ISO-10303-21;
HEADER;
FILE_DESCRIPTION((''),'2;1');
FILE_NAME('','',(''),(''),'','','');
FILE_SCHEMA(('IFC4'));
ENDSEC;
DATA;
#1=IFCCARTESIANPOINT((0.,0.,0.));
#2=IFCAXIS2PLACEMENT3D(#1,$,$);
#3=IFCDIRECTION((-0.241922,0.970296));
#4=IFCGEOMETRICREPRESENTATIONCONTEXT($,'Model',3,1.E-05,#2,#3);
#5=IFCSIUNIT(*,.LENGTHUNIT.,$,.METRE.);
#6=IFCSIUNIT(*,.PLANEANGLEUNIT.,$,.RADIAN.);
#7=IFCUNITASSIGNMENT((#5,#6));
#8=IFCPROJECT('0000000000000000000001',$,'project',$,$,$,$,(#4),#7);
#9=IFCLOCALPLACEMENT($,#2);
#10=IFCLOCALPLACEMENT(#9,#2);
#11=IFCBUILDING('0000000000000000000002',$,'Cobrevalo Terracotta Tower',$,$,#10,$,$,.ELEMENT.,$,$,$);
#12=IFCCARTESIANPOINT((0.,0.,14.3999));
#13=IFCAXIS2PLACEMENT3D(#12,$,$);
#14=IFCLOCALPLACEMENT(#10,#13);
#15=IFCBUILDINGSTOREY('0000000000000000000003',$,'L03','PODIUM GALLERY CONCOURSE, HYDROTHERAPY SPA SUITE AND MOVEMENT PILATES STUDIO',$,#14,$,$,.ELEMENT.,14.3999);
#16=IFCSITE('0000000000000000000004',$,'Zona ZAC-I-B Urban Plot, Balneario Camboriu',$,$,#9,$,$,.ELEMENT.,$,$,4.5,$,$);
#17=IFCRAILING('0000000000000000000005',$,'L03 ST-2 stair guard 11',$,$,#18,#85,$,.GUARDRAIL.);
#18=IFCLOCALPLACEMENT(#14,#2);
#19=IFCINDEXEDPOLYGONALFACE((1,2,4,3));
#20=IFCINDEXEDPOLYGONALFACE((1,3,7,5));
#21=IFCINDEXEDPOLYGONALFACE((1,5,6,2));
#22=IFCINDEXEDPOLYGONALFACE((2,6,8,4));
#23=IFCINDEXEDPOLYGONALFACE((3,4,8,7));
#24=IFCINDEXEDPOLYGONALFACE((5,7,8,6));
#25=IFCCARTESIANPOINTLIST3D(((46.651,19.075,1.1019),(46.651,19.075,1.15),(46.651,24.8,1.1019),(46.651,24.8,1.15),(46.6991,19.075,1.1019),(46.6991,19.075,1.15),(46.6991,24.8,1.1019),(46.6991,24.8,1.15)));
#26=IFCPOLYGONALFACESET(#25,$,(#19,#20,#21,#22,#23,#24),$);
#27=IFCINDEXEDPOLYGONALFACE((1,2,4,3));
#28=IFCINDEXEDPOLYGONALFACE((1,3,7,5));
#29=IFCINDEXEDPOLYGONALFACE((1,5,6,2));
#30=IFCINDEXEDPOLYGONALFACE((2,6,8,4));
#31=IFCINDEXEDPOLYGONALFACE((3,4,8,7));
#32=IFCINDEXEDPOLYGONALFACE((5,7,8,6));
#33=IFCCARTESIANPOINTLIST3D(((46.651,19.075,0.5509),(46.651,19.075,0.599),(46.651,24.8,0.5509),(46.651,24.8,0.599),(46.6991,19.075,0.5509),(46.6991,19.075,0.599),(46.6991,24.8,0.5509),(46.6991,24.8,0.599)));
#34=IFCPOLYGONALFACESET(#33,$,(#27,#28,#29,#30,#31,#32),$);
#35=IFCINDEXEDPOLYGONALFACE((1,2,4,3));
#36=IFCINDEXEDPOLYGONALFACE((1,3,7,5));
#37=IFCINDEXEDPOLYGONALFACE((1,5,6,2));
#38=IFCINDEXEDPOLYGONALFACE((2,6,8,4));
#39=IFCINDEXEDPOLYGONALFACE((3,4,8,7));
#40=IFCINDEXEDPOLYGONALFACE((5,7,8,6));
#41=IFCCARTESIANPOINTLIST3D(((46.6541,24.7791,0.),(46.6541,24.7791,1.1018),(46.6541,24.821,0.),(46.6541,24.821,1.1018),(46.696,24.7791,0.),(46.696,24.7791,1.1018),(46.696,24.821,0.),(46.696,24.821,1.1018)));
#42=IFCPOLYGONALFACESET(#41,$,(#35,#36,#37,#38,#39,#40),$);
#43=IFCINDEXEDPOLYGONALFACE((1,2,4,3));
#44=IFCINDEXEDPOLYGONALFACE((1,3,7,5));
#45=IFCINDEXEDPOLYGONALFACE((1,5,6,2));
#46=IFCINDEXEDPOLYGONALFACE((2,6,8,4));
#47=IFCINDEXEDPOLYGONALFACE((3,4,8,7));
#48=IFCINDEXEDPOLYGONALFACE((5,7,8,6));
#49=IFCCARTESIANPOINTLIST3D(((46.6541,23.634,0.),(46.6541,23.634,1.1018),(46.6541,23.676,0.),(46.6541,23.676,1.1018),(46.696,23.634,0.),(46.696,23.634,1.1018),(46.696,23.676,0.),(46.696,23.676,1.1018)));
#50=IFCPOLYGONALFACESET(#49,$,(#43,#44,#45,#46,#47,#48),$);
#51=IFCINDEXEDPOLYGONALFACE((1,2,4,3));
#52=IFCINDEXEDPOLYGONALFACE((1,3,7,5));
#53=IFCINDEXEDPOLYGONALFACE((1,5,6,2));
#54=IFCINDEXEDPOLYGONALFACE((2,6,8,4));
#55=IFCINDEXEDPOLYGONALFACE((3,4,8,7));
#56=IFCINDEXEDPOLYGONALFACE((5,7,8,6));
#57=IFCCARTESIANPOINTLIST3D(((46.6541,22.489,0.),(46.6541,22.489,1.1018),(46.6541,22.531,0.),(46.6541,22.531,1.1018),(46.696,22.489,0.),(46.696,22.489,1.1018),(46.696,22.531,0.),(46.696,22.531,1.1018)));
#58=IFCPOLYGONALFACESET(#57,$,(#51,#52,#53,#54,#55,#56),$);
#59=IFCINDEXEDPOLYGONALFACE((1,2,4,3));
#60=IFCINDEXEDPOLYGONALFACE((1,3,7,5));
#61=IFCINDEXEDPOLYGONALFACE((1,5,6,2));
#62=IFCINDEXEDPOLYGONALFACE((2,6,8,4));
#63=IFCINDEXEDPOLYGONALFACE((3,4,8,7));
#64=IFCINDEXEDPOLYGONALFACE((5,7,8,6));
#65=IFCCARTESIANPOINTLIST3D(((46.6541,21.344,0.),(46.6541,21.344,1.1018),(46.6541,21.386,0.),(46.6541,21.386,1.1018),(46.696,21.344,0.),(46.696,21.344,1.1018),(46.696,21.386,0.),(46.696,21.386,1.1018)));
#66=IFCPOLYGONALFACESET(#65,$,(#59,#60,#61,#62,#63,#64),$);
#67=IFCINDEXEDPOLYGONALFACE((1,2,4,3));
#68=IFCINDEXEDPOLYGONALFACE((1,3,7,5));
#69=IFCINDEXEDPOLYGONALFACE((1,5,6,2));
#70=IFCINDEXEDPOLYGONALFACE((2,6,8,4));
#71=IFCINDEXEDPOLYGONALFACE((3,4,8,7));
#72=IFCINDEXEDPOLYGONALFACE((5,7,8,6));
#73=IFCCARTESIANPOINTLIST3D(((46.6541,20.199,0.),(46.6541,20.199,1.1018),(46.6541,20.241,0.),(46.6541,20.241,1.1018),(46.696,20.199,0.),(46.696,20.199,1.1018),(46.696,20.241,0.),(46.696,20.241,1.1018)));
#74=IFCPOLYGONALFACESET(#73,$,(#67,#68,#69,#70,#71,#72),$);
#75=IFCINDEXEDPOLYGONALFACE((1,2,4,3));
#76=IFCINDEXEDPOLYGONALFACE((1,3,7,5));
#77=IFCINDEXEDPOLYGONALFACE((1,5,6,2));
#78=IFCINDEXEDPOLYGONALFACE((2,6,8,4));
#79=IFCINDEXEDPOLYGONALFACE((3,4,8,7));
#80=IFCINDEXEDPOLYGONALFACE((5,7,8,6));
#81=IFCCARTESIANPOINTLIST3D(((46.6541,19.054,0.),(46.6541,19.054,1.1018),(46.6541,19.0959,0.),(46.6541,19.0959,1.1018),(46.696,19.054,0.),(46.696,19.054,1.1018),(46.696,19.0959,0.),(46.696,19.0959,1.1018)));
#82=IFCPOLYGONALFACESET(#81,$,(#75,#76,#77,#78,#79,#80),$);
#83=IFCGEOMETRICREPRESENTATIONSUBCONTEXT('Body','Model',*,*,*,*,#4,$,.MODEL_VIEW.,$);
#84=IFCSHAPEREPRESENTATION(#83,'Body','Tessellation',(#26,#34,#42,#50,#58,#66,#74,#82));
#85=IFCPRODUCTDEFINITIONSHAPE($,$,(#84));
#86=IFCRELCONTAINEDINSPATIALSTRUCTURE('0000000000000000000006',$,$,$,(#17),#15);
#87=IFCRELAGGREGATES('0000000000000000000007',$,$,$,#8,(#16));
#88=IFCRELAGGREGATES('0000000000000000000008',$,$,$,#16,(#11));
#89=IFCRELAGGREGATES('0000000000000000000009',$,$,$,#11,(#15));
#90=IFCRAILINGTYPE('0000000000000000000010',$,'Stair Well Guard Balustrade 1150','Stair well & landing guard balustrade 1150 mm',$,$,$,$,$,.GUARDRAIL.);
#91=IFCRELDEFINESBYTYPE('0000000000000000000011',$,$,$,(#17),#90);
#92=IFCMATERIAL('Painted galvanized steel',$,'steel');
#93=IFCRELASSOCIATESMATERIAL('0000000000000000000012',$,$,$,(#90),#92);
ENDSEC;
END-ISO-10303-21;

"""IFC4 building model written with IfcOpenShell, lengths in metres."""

from ifc_helpers import new_model, si_unit, direction, frame, origin, origin_2d, place, context, subcontext, project, spatial, rectangle, extrude, material, type_object, element, save


model = new_model("IFC4")

# Units and contexts
model_context = context("Model", 3, precision=1e-05, world=origin(), true_north=direction((-0.241922, 0.970296)))
body_context = subcontext(model_context, "Body", "Model", "MODEL_VIEW")
ifc_project = project(units=[si_unit("LENGTHUNIT", "METRE"), si_unit("PLANEANGLEUNIT", "RADIAN")], contexts=[model_context])

# Site, building, storey
site_placement = place(None, origin())
site = spatial("IfcSite", under=ifc_project, at=site_placement, Name="Zona ZAC-I-B Urban Plot, Balneario Camboriu", CompositionType="ELEMENT", RefElevation=4.5)
building_placement = place(site_placement, origin())
building = spatial("IfcBuilding", under=site, at=building_placement, Name="Cobrevalo Terracotta Tower", CompositionType="ELEMENT")
storey_placement = place(building_placement, frame((0.0, 0.0, 14.3999)))
storey = spatial("IfcBuildingStorey", under=building, at=storey_placement, Name="L03", Description="PODIUM GALLERY CONCOURSE, HYDROTHERAPY SPA SUITE AND MOVEMENT PILATES STUDIO", CompositionType="ELEMENT", Elevation=14.3999)

# Railing
ifc_material_1 = material(Name="Painted galvanized steel", Category="steel")
railing_type = type_object("IfcRailingType", Name="Stair Well Guard Balustrade 1150", Description="Stair well & landing guard balustrade 1150 mm", PredefinedType="GUARDRAIL", material=ifc_material_1)
for number, where, name in (
    (1, (46.675, 24.8, 0.0), "L03 ST-2 stair guard 11"),
):
    element("IfcRailing", number, at=place(storey_placement, frame(where)), inside=storey, type_object=railing_type, Name=name, PredefinedType="GUARDRAIL", context=body_context, shape_type="SweptSolid", body=[
        extrude(rectangle(XDim=0.0481, YDim=0.0481, at=origin_2d()), frame((0.0, 0.0, 1.126), z_axis=(0.0, -1.0, 0.0), x_axis=(1.0, 0.0, 0.0)), (0.0, 0.0, 1.0), 5.7251),
        extrude(rectangle(XDim=0.0481, YDim=0.0481, at=origin_2d()), frame((0.0, 0.0, 0.575), z_axis=(0.0, -1.0, 0.0), x_axis=(1.0, 0.0, 0.0)), (0.0, 0.0, 1.0), 5.7251),
        extrude(rectangle(XDim=0.042, YDim=0.042, at=origin_2d()), origin(), (0.0, 0.0, 1.0), 1.1018),
        extrude(rectangle(XDim=0.042, YDim=0.042, at=origin_2d()), frame((0.0, -1.145, 0.0)), (0.0, 0.0, 1.0), 1.1018),
        extrude(rectangle(XDim=0.042, YDim=0.042, at=origin_2d()), frame((0.0, -2.29, 0.0)), (0.0, 0.0, 1.0), 1.1018),
        extrude(rectangle(XDim=0.042, YDim=0.042, at=origin_2d()), frame((0.0, -3.4351, 0.0)), (0.0, 0.0, 1.0), 1.1018),
        extrude(rectangle(XDim=0.042, YDim=0.042, at=origin_2d()), frame((0.0, -4.5801, 0.0)), (0.0, 0.0, 1.0), 1.1018),
        extrude(rectangle(XDim=0.042, YDim=0.042, at=origin_2d()), frame((0.0, -5.7251, 0.0)), (0.0, 0.0, 1.0), 1.1018),
    ])

save(model, "model.ifc")
